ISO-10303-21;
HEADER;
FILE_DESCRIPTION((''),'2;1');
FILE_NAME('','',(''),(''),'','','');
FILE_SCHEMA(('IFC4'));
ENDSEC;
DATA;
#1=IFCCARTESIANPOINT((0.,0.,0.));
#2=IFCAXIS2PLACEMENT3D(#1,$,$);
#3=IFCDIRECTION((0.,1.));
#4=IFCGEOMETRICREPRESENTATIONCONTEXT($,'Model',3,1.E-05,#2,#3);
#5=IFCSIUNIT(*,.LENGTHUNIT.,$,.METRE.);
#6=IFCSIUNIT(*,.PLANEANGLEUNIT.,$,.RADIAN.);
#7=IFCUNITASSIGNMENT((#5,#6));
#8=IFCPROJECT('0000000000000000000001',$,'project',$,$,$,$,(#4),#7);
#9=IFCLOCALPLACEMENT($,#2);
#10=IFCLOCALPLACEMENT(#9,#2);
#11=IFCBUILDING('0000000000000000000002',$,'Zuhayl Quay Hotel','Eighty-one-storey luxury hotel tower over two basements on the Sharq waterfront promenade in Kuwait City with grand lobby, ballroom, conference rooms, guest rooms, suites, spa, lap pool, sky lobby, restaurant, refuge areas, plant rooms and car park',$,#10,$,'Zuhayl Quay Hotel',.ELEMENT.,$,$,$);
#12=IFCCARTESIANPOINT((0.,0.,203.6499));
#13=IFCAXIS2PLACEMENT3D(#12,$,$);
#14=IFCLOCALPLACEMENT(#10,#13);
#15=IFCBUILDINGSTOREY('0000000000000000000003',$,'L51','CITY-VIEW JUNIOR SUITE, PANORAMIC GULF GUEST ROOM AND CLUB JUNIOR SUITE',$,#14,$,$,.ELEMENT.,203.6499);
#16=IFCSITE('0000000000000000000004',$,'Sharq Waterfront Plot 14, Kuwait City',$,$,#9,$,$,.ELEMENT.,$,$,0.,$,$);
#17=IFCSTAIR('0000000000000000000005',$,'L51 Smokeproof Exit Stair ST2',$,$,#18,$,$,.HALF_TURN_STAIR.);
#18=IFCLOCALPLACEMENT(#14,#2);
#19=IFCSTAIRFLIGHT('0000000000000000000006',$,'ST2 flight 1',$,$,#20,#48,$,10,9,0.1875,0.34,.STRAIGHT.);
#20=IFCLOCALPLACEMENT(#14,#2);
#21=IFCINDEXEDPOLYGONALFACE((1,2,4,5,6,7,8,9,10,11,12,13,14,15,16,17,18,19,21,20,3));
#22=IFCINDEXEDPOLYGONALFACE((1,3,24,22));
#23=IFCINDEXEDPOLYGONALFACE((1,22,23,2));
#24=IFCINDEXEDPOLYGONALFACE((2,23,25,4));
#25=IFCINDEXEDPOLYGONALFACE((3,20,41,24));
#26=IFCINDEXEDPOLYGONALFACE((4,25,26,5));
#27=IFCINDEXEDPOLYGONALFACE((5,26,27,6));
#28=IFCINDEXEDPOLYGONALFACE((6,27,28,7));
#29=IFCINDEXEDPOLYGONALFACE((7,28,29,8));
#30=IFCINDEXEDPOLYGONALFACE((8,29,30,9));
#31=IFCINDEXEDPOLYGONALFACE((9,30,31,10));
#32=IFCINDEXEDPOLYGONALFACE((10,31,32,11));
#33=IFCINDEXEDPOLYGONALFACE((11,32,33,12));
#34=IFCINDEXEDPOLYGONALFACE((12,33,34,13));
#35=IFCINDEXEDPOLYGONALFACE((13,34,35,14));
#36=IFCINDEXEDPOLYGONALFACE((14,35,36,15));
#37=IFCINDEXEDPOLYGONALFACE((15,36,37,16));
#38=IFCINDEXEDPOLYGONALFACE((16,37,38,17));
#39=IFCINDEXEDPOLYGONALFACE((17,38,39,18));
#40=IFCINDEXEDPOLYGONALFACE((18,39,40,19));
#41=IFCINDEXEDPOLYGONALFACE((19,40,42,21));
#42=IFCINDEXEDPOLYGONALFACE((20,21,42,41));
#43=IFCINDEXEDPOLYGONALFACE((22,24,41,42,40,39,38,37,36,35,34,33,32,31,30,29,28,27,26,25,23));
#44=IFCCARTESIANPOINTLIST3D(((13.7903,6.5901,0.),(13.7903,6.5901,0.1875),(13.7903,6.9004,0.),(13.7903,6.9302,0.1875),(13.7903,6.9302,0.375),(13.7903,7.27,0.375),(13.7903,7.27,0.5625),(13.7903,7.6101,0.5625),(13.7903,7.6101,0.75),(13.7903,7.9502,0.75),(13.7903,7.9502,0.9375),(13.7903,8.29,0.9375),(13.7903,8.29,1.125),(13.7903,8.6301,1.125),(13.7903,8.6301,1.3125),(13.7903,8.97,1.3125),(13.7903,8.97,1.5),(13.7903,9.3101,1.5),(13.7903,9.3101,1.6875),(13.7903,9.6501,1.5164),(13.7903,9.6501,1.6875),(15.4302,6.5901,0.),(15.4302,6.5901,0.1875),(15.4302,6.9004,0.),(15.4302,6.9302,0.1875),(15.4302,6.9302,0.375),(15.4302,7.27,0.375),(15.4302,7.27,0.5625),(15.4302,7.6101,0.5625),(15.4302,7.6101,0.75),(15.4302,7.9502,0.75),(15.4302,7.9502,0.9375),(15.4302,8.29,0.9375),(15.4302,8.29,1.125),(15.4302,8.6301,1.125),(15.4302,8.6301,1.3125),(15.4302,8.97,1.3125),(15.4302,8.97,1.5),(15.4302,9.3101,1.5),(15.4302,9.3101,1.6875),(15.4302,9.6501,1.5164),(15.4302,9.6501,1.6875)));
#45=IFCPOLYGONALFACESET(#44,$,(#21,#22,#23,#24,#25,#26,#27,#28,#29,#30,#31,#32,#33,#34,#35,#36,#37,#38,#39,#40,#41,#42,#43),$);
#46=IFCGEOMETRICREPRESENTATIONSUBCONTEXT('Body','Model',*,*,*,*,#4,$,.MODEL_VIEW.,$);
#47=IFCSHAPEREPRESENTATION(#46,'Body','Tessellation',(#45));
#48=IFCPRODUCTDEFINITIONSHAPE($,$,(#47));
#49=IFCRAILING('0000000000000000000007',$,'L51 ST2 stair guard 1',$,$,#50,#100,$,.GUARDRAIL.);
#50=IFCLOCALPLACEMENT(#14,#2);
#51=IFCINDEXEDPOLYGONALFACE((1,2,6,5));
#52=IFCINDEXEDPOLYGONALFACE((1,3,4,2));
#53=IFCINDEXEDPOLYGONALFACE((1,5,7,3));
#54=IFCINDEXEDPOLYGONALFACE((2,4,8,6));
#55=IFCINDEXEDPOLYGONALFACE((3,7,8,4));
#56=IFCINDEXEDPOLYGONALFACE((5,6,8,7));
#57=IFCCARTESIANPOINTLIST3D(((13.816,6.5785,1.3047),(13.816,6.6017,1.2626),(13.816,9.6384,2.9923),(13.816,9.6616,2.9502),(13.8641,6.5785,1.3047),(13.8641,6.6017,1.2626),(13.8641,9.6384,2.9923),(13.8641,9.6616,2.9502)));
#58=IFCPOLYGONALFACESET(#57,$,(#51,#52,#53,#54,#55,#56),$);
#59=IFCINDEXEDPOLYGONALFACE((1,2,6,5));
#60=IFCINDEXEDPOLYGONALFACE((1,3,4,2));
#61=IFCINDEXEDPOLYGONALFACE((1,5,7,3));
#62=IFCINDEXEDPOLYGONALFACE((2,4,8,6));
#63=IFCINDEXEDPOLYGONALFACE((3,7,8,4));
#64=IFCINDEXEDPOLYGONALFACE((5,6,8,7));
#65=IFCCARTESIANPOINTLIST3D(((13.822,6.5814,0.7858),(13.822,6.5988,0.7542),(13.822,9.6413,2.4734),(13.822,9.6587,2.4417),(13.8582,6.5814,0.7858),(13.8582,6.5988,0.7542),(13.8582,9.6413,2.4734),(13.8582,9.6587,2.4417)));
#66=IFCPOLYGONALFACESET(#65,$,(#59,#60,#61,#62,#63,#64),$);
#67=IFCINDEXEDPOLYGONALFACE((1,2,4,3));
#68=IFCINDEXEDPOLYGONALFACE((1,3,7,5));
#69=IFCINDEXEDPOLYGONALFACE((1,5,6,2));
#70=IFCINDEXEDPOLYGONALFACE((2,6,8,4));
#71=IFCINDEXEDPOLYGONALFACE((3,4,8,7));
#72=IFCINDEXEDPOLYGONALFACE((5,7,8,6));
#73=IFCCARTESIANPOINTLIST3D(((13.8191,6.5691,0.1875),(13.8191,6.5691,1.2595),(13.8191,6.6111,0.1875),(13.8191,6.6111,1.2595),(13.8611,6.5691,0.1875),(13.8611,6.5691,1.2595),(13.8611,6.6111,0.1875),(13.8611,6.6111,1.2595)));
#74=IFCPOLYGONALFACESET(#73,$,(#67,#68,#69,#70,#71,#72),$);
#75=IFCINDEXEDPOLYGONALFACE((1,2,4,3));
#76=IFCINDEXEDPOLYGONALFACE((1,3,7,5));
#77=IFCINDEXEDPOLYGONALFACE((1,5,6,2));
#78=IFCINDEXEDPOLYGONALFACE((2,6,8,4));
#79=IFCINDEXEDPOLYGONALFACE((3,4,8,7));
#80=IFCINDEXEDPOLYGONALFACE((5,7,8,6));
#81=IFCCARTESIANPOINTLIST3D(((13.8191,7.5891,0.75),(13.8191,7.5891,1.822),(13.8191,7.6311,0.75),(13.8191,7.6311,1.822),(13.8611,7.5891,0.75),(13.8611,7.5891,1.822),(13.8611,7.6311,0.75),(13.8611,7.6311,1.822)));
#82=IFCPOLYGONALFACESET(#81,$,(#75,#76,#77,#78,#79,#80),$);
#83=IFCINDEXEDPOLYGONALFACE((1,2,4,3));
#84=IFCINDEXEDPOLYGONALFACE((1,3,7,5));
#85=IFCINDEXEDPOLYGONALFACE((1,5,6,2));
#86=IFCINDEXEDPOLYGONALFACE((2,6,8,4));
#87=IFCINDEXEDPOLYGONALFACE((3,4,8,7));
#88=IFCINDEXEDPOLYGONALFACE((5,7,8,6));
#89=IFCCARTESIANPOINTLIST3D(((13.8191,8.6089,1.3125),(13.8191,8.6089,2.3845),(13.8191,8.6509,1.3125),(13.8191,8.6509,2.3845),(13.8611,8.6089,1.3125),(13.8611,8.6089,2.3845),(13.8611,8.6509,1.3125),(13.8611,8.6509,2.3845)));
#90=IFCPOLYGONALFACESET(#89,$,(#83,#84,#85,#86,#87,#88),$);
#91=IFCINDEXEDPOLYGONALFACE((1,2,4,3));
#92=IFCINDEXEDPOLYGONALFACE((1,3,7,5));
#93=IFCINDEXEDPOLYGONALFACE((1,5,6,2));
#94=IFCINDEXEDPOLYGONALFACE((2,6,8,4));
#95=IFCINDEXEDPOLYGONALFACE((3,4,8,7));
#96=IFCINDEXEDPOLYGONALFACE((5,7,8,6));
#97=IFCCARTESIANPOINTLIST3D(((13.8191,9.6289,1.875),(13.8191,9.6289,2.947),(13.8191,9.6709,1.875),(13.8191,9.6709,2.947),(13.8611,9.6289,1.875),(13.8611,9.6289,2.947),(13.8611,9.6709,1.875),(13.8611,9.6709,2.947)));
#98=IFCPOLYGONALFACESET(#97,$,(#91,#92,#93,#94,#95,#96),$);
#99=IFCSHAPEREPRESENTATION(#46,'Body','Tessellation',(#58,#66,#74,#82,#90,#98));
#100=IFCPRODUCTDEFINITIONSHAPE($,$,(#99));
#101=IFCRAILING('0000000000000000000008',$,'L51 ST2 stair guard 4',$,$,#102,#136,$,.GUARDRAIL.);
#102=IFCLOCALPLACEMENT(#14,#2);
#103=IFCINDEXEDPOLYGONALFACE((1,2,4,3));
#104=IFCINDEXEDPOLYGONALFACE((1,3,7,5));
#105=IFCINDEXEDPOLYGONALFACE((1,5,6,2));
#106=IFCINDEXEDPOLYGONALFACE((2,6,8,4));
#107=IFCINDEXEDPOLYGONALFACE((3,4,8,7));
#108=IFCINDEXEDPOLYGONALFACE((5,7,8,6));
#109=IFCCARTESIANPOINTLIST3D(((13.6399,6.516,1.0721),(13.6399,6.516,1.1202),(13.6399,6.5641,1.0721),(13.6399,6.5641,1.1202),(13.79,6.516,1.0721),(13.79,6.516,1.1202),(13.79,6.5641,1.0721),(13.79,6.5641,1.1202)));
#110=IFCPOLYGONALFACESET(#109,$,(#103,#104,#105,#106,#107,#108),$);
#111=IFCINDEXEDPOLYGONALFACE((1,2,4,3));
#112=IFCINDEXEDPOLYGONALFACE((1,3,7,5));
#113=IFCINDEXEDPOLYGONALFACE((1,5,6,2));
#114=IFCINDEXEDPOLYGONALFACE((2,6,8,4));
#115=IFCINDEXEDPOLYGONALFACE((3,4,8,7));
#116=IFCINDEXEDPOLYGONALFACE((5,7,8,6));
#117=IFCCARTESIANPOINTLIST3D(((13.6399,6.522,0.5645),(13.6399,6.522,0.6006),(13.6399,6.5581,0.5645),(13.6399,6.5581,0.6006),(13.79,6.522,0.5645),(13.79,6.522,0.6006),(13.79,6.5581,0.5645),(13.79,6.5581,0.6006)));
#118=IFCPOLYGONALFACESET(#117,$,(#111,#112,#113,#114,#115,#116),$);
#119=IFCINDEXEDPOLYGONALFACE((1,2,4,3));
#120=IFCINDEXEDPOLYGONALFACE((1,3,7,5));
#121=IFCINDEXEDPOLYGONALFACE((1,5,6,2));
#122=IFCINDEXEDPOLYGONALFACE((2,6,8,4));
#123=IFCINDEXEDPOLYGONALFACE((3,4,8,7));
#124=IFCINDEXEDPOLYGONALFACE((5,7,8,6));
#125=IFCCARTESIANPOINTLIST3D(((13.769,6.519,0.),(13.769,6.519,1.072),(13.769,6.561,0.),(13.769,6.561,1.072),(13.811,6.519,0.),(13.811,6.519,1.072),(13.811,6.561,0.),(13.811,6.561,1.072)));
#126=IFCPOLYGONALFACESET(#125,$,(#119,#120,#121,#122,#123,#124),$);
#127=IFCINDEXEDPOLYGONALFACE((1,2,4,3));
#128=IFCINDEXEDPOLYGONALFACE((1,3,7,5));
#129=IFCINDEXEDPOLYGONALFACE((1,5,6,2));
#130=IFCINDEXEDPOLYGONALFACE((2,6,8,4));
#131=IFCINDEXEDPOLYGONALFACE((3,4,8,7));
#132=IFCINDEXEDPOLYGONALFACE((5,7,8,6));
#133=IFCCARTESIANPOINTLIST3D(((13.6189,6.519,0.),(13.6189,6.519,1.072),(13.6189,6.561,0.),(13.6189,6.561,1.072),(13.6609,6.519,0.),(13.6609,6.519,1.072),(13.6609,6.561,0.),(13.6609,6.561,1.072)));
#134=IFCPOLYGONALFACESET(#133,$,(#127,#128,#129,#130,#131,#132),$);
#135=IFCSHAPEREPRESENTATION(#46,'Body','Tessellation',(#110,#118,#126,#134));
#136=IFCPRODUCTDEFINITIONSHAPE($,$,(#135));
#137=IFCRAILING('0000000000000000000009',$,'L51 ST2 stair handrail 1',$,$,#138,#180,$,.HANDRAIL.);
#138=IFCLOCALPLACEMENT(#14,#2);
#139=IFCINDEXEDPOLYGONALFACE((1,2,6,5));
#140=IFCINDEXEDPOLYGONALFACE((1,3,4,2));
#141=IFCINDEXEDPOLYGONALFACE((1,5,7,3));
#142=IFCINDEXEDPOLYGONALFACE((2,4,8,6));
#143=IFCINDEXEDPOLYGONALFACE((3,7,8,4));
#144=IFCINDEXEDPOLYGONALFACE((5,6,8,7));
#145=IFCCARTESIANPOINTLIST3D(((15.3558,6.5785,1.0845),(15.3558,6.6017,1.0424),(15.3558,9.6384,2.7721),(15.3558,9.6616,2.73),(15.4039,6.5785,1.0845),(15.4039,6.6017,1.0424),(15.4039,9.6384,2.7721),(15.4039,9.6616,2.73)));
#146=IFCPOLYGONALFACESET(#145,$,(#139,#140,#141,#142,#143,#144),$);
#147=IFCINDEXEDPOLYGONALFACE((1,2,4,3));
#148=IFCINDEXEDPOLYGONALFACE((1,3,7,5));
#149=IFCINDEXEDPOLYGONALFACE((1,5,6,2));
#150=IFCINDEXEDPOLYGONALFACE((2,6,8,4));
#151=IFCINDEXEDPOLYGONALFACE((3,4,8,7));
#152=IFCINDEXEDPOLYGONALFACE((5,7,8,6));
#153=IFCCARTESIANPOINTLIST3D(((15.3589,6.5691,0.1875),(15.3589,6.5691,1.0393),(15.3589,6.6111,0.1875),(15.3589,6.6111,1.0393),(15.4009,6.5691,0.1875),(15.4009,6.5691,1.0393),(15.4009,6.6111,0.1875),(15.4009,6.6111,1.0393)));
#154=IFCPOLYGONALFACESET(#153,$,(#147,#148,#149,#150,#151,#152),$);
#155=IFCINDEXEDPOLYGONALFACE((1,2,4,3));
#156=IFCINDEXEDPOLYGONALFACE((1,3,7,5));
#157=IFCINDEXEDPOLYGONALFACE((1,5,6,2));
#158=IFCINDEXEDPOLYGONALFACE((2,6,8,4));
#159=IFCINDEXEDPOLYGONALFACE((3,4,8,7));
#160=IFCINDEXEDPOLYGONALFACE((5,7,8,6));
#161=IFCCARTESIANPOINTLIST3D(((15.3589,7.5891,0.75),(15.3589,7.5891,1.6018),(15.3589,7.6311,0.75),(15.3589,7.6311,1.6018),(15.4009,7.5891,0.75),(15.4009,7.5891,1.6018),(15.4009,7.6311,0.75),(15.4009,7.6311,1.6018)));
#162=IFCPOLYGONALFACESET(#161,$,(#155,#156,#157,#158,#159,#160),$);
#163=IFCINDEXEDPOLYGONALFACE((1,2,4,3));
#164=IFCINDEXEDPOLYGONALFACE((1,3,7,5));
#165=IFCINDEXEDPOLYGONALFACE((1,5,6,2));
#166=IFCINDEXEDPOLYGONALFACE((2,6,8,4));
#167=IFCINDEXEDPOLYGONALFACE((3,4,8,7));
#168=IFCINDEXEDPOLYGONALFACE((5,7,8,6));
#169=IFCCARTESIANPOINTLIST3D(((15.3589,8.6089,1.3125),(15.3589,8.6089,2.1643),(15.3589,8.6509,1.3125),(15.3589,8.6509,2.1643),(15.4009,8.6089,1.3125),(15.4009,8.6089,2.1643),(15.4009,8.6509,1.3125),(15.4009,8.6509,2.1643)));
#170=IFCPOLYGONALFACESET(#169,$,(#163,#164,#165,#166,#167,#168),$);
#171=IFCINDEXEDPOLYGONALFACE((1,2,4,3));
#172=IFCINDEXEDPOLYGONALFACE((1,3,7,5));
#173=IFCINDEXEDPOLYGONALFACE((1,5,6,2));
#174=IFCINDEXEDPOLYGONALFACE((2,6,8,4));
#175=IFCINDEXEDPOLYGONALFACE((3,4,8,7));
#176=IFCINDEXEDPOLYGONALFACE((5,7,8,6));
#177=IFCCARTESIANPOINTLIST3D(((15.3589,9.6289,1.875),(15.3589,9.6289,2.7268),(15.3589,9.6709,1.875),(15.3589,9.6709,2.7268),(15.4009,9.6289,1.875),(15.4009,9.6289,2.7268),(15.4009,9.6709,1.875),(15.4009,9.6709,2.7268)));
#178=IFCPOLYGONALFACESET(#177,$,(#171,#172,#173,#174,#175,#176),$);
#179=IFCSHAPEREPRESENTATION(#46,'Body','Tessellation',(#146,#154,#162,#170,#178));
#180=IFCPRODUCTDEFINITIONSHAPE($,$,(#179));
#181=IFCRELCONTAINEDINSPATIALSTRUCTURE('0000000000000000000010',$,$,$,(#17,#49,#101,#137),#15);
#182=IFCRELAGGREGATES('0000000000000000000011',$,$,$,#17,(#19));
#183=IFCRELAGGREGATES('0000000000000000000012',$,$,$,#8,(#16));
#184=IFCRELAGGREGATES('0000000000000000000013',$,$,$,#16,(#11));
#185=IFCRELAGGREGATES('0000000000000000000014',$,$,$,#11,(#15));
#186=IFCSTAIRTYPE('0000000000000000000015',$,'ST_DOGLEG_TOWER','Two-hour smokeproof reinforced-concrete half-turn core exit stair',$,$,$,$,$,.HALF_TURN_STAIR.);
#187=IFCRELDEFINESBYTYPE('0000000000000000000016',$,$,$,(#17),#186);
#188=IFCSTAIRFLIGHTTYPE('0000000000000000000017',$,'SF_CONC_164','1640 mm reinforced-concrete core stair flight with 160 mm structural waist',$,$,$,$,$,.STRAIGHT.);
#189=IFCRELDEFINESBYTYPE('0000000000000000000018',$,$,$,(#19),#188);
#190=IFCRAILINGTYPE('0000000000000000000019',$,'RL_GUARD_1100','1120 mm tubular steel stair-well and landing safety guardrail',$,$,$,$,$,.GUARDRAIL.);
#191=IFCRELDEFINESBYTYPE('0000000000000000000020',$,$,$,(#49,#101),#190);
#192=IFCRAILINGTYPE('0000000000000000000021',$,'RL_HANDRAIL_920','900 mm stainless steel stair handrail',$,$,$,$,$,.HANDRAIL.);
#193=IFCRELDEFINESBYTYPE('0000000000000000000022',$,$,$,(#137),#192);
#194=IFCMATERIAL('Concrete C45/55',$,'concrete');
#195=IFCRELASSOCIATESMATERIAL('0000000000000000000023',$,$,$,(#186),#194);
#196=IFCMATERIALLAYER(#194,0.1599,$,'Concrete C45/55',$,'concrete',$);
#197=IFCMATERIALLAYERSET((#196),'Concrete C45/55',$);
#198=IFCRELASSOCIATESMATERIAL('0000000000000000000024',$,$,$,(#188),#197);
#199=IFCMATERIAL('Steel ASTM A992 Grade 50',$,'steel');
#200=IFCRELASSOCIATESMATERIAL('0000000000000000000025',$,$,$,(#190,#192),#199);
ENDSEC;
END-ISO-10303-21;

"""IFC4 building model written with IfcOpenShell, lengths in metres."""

from ifc_helpers import new_model, si_unit, direction, frame, origin, origin_2d, place, context, subcontext, project, spatial, polyline, rectangle, outline, extrude, material, layer, layer_set, type_object, element, aggregate, save


model = new_model("IFC4")

# Units and contexts
model_context = context("Model", 3, precision=1e-05, world=origin(), true_north=direction((0.0, 1.0)))
body_context = subcontext(model_context, "Body", "Model", "MODEL_VIEW")
ifc_project = project(units=[si_unit("LENGTHUNIT", "METRE"), si_unit("PLANEANGLEUNIT", "RADIAN")], contexts=[model_context])

# Site, building, storey
site_placement = place(None, origin())
site = spatial("IfcSite", under=ifc_project, at=site_placement, Name="Sharq Waterfront Plot 14, Kuwait City", CompositionType="ELEMENT", RefElevation=0.0)
building_placement = place(site_placement, origin())
building = spatial("IfcBuilding", under=site, at=building_placement, Name="Zuhayl Quay Hotel", Description="Eighty-one-storey luxury hotel tower over two basements on the Sharq waterfront promenade in Kuwait City with grand lobby, ballroom, conference rooms, guest rooms, suites, spa, lap pool, sky lobby, restaurant, refuge areas, plant rooms and car park", LongName="Zuhayl Quay Hotel", CompositionType="ELEMENT")
storey_placement = place(building_placement, frame((0.0, 0.0, 203.6499)))
storey = spatial("IfcBuildingStorey", under=building, at=storey_placement, Name="L51", Description="CITY-VIEW JUNIOR SUITE, PANORAMIC GULF GUEST ROOM AND CLUB JUNIOR SUITE", CompositionType="ELEMENT", Elevation=203.6499)

# Stair, stair flight
ifc_material_1 = material(Name="Concrete C45/55", Category="concrete")
stair_type = type_object("IfcStairType", Name="ST_DOGLEG_TOWER", Description="Two-hour smokeproof reinforced-concrete half-turn core exit stair", PredefinedType="HALF_TURN_STAIR", material=ifc_material_1)
stair_placement = place(storey_placement, origin())
stair = element("IfcStair", 1, at=stair_placement, inside=storey, type_object=stair_type, Name="L51 Smokeproof Exit Stair ST2", PredefinedType="HALF_TURN_STAIR")
ifc_layer_1 = layer(ifc_material_1, 0.1599, Name="Concrete C45/55", Category="concrete")
ifc_layer_set_1 = layer_set([ifc_layer_1], Name="Concrete C45/55")
stair_flight_type = type_object("IfcStairFlightType", Name="SF_CONC_164", Description="1640 mm reinforced-concrete core stair flight with 160 mm structural waist", PredefinedType="STRAIGHT", material=ifc_layer_set_1)
stair_flight_placement = place(storey_placement, frame((14.6101, 6.5901, 0.0), z_axis=(0.0, 0.0, 1.0), x_axis=(0.0, 1.0, 0.0)))
stair_flight = element("IfcStairFlight", 2, at=stair_flight_placement, type_object=stair_flight_type, Name="ST2 flight 1", NumberOfRisers=10, NumberOfTreads=9, PredefinedType="STRAIGHT", RiserHeight=0.1875, TreadLength=0.34, context=body_context, shape_type="SweptSolid", body=[
    extrude(outline(polyline([(0.0, 0.0), (0.0, 0.1875), (0.3401, 0.1875), (0.3401, 0.375), (0.6799, 0.375), (0.6799, 0.5625), (1.02, 0.5625), (1.02, 0.75), (1.3601, 0.75), (1.3601, 0.9375), (1.7, 0.9375), (1.7, 1.125), (2.04, 1.125), (2.04, 1.3125), (2.3799, 1.3125), (2.3799, 1.5), (2.72, 1.5), (2.72, 1.6875), (3.0601, 1.6875), (3.0601, 1.875), (3.0601, 1.5164), (0.3103, 0.0), (0.0, 0.0)])), frame((0.0, 0.8198, 0.0), z_axis=(0.0, -1.0, 0.0), x_axis=(1.0, 0.0, 0.0)), (0.0, 0.0, 1.0), 1.6399),
])
aggregate(stair, [stair_flight])

# Railings
ifc_material_2 = material(Name="Steel ASTM A992 Grade 50", Category="steel")
railing_type_1 = type_object("IfcRailingType", Name="RL_GUARD_1100", Description="1120 mm tubular steel stair-well and landing safety guardrail", PredefinedType="GUARDRAIL", material=ifc_material_2)
railing_1_placement = place(storey_placement, frame((13.8401, 6.5901, 0.1875)))
element("IfcRailing", 3, at=railing_1_placement, inside=storey, type_object=railing_type_1, Name="L51 ST2 stair guard 1", PredefinedType="GUARDRAIL", context=body_context, shape_type="SweptSolid", body=[
    extrude(rectangle(XDim=0.0481, YDim=0.0481, at=origin_2d()), frame((0.0, 0.0, 1.0962), z_axis=(0.0, 0.875659, 0.48293), x_axis=(-1.0, 0.0, 0.0)), (0.0, 0.0, 1.0), 3.4944),
    extrude(rectangle(XDim=0.0361, YDim=0.0361, at=origin_2d()), frame((0.0, 0.0, 0.5825), z_axis=(0.0, 0.875659, 0.48293), x_axis=(-1.0, 0.0, 0.0)), (0.0, 0.0, 1.0), 3.4944),
    extrude(rectangle(XDim=0.042, YDim=0.042, at=origin_2d()), origin(), (0.0, 0.0, 1.0), 1.072),
    extrude(rectangle(XDim=0.042, YDim=0.042, at=origin_2d()), frame((0.0, 1.02, 0.5625)), (0.0, 0.0, 1.0), 1.072),
    extrude(rectangle(XDim=0.042, YDim=0.042, at=origin_2d()), frame((0.0, 2.0398, 1.125)), (0.0, 0.0, 1.0), 1.072),
    extrude(rectangle(XDim=0.042, YDim=0.042, at=origin_2d()), frame((0.0, 3.0598, 1.6875)), (0.0, 0.0, 1.0), 1.072),
])
railing_2_placement = place(storey_placement, frame((13.79, 6.54, 0.0)))
element("IfcRailing", 4, at=railing_2_placement, inside=storey, type_object=railing_type_1, Name="L51 ST2 stair guard 4", PredefinedType="GUARDRAIL", context=body_context, shape_type="SweptSolid", body=[
    extrude(rectangle(XDim=0.0481, YDim=0.0481, at=origin_2d()), frame((0.0, 0.0, 1.0962), z_axis=(-1.0, 0.0, 0.0), x_axis=(0.0, -1.0, 0.0)), (0.0, 0.0, 1.0), 0.1501),
    extrude(rectangle(XDim=0.0361, YDim=0.0361, at=origin_2d()), frame((0.0, 0.0, 0.5825), z_axis=(-1.0, 0.0, 0.0), x_axis=(0.0, -1.0, 0.0)), (0.0, 0.0, 1.0), 0.1501),
    extrude(rectangle(XDim=0.042, YDim=0.042, at=origin_2d()), origin(), (0.0, 0.0, 1.0), 1.072),
    extrude(rectangle(XDim=0.042, YDim=0.042, at=origin_2d()), frame((-0.1501, 0.0, 0.0)), (0.0, 0.0, 1.0), 1.072),
])
railing_type_2 = type_object("IfcRailingType", Name="RL_HANDRAIL_920", Description="900 mm stainless steel stair handrail", PredefinedType="HANDRAIL", material=ifc_material_2)
railing_3_placement = place(storey_placement, frame((15.3799, 6.5901, 0.1875)))
element("IfcRailing", 5, at=railing_3_placement, inside=storey, type_object=railing_type_2, Name="L51 ST2 stair handrail 1", PredefinedType="HANDRAIL", context=body_context, shape_type="SweptSolid", body=[
    extrude(rectangle(XDim=0.0481, YDim=0.0481, at=origin_2d()), frame((0.0, 0.0, 0.876), z_axis=(0.0, 0.875659, 0.48293), x_axis=(-1.0, 0.0, 0.0)), (0.0, 0.0, 1.0), 3.4944),
    extrude(rectangle(XDim=0.042, YDim=0.042, at=origin_2d()), origin(), (0.0, 0.0, 1.0), 0.8518),
    extrude(rectangle(XDim=0.042, YDim=0.042, at=origin_2d()), frame((0.0, 1.02, 0.5625)), (0.0, 0.0, 1.0), 0.8518),
    extrude(rectangle(XDim=0.042, YDim=0.042, at=origin_2d()), frame((0.0, 2.0398, 1.125)), (0.0, 0.0, 1.0), 0.8518),
    extrude(rectangle(XDim=0.042, YDim=0.042, at=origin_2d()), frame((0.0, 3.0598, 1.6875)), (0.0, 0.0, 1.0), 0.8518),
])

save(model, "model.ifc")
